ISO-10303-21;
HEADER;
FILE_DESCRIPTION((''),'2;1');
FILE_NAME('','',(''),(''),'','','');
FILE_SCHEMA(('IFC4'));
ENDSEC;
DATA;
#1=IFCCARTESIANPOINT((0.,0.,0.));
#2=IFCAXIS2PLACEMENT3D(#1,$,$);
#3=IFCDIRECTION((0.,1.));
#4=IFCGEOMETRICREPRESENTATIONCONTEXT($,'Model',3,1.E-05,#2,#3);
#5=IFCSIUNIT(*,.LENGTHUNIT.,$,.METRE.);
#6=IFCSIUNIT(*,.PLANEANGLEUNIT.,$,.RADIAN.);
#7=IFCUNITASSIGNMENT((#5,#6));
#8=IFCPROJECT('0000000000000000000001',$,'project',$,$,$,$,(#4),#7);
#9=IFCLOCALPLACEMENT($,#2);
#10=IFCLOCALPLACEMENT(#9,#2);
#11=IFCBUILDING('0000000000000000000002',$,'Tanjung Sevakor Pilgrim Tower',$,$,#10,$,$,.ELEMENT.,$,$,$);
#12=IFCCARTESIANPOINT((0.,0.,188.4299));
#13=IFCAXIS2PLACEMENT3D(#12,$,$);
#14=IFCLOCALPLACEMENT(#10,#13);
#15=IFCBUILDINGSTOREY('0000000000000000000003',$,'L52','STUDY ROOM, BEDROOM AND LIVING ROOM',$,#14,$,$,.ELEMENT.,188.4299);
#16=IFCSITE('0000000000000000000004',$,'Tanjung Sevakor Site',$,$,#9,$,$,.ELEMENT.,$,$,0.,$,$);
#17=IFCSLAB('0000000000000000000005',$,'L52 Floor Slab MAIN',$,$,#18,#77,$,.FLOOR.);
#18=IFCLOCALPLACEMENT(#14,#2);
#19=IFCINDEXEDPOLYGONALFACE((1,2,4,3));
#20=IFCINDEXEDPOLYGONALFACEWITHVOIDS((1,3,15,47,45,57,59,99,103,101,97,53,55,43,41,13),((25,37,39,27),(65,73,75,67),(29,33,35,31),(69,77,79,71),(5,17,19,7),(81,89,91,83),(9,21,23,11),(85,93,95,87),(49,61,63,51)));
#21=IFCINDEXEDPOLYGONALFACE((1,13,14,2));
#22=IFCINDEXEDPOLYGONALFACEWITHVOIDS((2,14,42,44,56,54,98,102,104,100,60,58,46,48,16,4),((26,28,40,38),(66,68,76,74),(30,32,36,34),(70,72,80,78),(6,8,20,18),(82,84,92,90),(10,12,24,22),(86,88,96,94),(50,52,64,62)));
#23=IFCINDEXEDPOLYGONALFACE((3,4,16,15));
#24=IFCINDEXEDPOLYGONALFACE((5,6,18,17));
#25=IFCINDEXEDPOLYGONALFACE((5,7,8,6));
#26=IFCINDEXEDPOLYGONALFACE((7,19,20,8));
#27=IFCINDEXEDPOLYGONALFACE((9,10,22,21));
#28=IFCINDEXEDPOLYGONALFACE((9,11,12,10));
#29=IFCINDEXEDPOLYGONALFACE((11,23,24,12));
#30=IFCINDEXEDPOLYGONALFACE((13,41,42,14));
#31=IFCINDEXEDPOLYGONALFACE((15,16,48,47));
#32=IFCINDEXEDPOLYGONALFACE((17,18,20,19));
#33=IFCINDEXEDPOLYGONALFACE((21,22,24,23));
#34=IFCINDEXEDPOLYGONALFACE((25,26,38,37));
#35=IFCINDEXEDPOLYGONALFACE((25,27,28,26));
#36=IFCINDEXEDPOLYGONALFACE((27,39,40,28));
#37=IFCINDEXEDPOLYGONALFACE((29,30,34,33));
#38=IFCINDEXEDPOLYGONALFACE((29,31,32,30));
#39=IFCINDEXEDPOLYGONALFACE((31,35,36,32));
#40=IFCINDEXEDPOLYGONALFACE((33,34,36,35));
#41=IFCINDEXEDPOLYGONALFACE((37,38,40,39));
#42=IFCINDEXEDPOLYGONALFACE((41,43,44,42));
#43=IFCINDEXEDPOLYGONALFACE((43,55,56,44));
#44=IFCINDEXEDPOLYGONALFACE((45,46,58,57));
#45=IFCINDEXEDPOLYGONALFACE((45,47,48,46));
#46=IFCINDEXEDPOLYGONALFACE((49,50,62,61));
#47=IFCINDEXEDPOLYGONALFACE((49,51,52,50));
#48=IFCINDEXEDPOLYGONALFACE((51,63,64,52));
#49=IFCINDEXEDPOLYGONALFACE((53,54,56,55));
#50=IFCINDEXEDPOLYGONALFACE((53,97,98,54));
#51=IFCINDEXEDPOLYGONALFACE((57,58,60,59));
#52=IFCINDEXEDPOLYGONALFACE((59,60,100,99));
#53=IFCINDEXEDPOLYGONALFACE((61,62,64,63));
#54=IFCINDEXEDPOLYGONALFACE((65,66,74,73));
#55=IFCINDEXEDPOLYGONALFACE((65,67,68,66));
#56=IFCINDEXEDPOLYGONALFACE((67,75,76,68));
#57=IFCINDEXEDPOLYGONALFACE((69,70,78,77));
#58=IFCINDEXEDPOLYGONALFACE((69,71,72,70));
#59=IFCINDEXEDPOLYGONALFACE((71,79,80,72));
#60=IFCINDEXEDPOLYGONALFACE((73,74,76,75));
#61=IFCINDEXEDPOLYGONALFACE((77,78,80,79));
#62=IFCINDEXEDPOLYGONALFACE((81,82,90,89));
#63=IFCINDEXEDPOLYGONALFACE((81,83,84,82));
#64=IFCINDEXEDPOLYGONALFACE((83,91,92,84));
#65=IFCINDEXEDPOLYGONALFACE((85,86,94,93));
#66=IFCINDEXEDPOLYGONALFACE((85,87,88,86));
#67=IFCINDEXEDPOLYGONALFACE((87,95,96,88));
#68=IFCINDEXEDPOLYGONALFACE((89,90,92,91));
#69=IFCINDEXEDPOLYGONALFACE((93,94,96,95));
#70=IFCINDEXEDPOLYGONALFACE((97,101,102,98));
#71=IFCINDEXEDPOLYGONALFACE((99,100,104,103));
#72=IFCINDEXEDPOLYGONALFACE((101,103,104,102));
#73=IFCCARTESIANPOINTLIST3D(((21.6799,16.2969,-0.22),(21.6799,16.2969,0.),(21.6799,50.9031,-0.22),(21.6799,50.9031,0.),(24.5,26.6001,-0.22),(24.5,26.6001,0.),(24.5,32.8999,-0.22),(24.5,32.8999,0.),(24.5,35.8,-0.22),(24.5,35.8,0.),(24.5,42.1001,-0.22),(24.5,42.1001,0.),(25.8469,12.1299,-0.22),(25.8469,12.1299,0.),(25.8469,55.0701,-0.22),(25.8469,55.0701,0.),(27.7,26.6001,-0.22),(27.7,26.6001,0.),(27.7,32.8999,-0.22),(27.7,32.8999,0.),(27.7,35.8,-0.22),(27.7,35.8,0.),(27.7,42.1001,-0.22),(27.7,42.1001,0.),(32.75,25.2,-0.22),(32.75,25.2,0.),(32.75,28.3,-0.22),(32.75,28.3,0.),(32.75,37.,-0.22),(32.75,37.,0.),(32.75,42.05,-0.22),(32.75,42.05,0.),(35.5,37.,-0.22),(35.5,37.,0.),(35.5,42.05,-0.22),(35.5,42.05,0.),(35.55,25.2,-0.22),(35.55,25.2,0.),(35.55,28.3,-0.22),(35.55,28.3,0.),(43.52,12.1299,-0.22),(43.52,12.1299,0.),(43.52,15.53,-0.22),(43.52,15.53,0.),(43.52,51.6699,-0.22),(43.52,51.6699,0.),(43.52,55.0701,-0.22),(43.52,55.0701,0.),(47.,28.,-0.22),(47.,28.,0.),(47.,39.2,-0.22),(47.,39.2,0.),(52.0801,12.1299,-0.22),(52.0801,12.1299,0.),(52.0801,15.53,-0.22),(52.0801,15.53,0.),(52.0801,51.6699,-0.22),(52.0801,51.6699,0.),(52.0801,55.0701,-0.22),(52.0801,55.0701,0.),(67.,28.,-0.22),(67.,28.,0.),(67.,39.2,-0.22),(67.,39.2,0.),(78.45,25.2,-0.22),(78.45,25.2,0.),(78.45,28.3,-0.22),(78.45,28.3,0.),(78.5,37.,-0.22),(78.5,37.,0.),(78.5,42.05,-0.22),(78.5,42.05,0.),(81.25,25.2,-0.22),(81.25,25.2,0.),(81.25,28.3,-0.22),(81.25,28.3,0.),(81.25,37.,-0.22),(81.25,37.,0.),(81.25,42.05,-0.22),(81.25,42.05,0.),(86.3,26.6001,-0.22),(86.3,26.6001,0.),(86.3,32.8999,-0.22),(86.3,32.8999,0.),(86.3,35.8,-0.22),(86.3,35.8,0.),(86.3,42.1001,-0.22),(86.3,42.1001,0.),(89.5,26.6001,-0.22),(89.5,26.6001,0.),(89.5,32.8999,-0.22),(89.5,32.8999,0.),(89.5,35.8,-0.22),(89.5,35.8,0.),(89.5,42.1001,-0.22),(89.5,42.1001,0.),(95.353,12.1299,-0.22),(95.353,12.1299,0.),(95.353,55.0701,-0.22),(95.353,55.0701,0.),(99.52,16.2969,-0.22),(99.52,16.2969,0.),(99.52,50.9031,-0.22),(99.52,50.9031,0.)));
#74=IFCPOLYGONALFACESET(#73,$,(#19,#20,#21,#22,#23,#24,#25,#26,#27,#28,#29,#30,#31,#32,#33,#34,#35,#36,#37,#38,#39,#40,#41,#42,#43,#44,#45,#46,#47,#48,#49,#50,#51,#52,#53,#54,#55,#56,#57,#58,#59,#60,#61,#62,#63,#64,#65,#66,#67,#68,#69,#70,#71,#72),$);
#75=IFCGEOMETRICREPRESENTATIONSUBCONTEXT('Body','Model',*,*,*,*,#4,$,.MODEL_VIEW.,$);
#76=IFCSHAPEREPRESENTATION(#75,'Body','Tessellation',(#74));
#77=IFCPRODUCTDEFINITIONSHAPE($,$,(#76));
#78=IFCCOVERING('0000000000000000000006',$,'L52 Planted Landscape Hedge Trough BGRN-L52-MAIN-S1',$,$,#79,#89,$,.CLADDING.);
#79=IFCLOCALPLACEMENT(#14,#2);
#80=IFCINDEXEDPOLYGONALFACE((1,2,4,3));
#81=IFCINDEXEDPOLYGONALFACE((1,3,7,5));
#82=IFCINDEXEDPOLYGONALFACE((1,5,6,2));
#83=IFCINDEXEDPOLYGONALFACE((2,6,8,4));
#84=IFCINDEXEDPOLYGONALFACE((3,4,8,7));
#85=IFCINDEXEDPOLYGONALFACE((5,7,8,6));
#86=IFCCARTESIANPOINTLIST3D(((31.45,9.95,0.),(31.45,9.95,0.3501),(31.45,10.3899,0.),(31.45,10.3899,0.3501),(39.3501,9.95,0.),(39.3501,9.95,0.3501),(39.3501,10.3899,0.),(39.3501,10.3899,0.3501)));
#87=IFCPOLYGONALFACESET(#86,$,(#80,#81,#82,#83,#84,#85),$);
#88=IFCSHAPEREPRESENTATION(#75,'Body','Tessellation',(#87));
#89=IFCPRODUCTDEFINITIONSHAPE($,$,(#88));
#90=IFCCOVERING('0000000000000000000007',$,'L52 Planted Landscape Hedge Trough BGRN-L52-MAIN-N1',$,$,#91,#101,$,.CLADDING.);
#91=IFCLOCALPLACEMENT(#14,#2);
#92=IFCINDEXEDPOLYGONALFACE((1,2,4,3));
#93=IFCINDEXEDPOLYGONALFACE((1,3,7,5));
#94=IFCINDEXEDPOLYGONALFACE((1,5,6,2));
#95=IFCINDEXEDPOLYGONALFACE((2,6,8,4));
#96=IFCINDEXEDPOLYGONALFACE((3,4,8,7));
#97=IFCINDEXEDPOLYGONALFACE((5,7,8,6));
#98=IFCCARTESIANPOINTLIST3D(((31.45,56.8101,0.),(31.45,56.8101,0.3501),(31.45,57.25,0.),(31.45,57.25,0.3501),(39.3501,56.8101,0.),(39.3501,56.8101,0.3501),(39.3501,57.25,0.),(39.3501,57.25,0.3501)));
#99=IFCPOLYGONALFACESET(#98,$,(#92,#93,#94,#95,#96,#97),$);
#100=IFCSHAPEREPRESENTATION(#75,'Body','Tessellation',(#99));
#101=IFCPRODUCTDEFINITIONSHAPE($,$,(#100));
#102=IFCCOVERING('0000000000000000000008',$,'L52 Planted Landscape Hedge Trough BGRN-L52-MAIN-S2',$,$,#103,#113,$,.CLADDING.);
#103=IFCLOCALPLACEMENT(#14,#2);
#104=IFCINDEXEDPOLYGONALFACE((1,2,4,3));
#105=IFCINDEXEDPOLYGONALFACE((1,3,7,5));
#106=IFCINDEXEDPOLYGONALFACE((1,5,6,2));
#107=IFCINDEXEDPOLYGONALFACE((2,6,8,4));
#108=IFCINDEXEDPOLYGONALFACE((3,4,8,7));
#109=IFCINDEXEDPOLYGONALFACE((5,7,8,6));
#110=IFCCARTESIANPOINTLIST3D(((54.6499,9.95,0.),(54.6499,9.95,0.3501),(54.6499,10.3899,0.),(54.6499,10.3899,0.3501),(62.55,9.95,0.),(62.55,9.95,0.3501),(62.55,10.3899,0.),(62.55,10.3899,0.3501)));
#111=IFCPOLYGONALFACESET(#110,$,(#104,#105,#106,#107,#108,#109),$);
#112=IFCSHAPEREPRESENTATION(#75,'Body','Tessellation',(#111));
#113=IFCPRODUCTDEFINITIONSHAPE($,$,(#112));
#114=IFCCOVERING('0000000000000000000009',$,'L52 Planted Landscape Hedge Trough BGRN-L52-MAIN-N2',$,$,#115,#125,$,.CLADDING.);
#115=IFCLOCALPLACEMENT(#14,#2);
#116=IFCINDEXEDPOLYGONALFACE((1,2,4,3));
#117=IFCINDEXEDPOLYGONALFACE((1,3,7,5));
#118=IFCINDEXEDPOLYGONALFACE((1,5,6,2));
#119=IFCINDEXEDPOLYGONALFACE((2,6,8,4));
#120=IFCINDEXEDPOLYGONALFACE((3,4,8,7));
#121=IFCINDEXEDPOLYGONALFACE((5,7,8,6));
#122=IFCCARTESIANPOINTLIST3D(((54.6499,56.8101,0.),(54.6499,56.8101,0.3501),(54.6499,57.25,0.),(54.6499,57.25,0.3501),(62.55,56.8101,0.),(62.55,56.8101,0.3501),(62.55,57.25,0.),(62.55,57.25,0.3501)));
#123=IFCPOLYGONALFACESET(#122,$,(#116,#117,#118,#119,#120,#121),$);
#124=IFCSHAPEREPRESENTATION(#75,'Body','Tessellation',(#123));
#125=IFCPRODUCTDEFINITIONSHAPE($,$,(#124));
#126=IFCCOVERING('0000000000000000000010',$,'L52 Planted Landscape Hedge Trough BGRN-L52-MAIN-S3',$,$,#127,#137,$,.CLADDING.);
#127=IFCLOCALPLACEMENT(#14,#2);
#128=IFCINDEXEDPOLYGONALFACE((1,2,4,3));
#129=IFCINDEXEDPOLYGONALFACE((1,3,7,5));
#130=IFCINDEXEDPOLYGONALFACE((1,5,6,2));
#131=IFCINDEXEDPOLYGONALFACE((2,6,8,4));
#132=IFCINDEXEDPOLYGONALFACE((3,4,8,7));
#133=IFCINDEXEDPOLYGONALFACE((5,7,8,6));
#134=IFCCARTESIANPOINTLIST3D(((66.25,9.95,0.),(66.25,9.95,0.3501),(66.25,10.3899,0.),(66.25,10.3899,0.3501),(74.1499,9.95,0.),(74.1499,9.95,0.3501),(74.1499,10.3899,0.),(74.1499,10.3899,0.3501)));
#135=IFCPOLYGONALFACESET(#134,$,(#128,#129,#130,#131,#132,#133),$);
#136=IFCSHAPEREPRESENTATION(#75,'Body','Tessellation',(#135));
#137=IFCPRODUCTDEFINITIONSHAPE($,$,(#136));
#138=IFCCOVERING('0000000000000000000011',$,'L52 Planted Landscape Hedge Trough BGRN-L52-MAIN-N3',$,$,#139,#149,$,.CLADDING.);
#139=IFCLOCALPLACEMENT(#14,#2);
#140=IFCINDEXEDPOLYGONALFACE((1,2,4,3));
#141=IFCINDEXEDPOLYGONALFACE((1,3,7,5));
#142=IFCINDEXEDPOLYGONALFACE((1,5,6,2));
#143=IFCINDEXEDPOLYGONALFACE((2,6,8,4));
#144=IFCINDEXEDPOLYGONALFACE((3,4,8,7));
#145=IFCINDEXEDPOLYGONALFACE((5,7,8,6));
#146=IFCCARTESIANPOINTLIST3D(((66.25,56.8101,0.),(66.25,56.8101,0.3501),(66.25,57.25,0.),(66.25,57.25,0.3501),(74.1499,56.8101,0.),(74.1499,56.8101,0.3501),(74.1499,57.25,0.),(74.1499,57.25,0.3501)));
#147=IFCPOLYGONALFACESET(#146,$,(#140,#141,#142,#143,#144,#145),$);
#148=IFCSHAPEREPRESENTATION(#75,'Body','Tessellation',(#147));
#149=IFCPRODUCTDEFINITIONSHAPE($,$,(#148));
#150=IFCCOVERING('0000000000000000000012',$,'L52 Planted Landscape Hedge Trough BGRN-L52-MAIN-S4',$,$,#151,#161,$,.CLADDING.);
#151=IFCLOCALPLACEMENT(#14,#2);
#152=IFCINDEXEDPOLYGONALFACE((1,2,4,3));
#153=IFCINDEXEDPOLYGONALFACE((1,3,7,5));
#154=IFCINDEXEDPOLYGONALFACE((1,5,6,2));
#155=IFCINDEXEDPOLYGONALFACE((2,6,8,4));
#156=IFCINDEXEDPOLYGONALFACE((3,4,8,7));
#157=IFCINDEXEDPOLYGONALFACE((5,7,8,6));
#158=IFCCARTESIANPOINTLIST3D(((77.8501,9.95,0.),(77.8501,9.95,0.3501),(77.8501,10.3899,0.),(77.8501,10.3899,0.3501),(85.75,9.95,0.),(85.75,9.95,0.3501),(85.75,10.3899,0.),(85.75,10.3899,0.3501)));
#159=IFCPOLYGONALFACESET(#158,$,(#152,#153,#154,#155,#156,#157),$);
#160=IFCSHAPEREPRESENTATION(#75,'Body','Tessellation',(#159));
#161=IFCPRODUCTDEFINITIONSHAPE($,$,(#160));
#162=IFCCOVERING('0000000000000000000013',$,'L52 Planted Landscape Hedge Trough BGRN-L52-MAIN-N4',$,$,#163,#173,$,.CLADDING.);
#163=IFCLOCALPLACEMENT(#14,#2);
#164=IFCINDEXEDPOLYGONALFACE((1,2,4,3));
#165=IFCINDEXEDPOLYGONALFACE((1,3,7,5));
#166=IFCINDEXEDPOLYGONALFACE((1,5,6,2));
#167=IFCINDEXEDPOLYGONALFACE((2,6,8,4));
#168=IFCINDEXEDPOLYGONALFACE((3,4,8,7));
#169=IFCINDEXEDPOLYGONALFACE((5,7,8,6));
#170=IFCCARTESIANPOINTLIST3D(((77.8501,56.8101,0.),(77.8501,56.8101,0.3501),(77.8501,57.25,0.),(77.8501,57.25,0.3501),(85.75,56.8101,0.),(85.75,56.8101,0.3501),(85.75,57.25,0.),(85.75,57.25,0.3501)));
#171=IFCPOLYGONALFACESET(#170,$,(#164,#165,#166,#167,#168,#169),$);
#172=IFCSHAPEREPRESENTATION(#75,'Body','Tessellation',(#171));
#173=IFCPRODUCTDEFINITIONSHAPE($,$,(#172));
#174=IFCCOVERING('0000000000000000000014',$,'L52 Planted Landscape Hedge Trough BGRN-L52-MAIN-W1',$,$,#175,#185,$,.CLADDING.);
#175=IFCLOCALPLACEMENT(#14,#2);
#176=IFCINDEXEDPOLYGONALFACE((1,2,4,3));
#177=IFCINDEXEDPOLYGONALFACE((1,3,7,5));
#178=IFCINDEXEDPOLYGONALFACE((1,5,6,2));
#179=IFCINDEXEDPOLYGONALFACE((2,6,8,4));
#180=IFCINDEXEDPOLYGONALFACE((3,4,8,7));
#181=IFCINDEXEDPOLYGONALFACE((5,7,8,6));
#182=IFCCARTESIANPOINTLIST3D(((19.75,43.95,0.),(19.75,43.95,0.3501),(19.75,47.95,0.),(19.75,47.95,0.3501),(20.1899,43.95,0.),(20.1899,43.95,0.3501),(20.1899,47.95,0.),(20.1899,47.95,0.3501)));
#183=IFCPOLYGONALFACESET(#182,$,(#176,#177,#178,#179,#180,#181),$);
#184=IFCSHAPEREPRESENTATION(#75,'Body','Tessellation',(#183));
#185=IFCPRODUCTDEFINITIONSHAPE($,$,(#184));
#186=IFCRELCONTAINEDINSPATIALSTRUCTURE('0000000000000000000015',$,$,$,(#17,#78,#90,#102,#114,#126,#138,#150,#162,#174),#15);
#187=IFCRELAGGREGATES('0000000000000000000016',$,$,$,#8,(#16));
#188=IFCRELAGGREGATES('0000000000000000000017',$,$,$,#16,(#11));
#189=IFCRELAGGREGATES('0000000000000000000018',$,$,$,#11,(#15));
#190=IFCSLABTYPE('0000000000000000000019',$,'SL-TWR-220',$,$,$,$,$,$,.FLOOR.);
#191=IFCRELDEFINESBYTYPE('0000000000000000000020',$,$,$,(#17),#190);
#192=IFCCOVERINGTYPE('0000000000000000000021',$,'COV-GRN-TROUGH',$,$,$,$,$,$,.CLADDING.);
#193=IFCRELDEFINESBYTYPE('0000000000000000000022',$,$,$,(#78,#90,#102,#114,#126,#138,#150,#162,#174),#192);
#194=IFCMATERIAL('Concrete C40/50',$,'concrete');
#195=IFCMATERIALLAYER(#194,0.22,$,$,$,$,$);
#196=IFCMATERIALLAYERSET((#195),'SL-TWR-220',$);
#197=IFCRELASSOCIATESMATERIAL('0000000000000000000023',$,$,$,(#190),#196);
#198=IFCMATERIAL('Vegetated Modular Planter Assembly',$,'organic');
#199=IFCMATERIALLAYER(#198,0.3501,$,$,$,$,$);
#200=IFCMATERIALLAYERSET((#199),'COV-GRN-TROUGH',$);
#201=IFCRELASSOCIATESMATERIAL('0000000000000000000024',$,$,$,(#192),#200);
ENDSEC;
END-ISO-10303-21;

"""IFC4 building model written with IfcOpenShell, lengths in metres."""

from ifc_helpers import new_model, si_unit, direction, frame, origin, place, context, subcontext, project, spatial, polyline, outline, extrude, material, layer, layer_set, type_object, element, save


model = new_model("IFC4")

# Units and contexts
model_context = context("Model", 3, precision=1e-05, world=origin(), true_north=direction((0.0, 1.0)))
body_context = subcontext(model_context, "Body", "Model", "MODEL_VIEW")
ifc_project = project(units=[si_unit("LENGTHUNIT", "METRE"), si_unit("PLANEANGLEUNIT", "RADIAN")], contexts=[model_context])

# Site, building, storey
site_placement = place(None, origin())
site = spatial("IfcSite", under=ifc_project, at=site_placement, Name="Tanjung Sevakor Site", CompositionType="ELEMENT", RefElevation=0.0)
building_placement = place(site_placement, origin())
building = spatial("IfcBuilding", under=site, at=building_placement, Name="Tanjung Sevakor Pilgrim Tower", CompositionType="ELEMENT")
storey_placement = place(building_placement, frame((0.0, 0.0, 188.4299)))
storey = spatial("IfcBuildingStorey", under=building, at=storey_placement, Name="L52", Description="STUDY ROOM, BEDROOM AND LIVING ROOM", CompositionType="ELEMENT", Elevation=188.4299)

# Slab
ifc_material_1 = material(Name="Concrete C40/50", Category="concrete")
ifc_layer_1 = layer(ifc_material_1, 0.22)
ifc_layer_set_1 = layer_set([ifc_layer_1], Name="SL-TWR-220")
slab_type_1 = type_object("IfcSlabType", Name="SL-TWR-220", PredefinedType="FLOOR", material=ifc_layer_set_1)
slab_1_placement = place(storey_placement, frame((0.0, 0.0, -0.22)))
element("IfcSlab", 1, at=slab_1_placement, inside=storey, type_object=slab_type_1, Name="L52 Floor Slab MAIN", PredefinedType="FLOOR", context=body_context, shape_type="SweptSolid", body=[
    extrude(outline(polyline([(25.8469, 12.1299), (43.52, 12.1299), (43.52, 15.53), (52.0801, 15.53), (52.0801, 12.1299), (95.353, 12.1299), (99.52, 16.2969), (99.52, 50.9031), (95.353, 55.0701), (52.0801, 55.0701), (52.0801, 51.6699), (43.52, 51.6699), (43.52, 55.0701), (25.8469, 55.0701), (21.6799, 50.9031), (21.6799, 16.2969), (25.8469, 12.1299)]), holes=[polyline([(27.7, 26.6001), (27.7, 32.8999), (24.5, 32.8999), (24.5, 26.6001), (27.7, 26.6001)]), polyline([(27.7, 35.8), (27.7, 42.1001), (24.5, 42.1001), (24.5, 35.8), (27.7, 35.8)]), polyline([(89.5, 26.6001), (89.5, 32.8999), (86.3, 32.8999), (86.3, 26.6001), (89.5, 26.6001)]), polyline([(89.5, 35.8), (89.5, 42.1001), (86.3, 42.1001), (86.3, 35.8), (89.5, 35.8)]), polyline([(32.75, 25.2), (35.55, 25.2), (35.55, 28.3), (32.75, 28.3), (32.75, 25.2)]), polyline([(32.75, 37.0), (35.5, 37.0), (35.5, 42.05), (32.75, 42.05), (32.75, 37.0)]), polyline([(78.45, 25.2), (81.25, 25.2), (81.25, 28.3), (78.45, 28.3), (78.45, 25.2)]), polyline([(78.5, 37.0), (81.25, 37.0), (81.25, 42.05), (78.5, 42.05), (78.5, 37.0)]), polyline([(47.0, 28.0), (67.0, 28.0), (67.0, 39.2), (47.0, 39.2), (47.0, 28.0)])]), origin(), (0.0, 0.0, 1.0), 0.22),
])

# Coverings
ifc_material_2 = material(Name="Vegetated Modular Planter Assembly", Category="organic")
ifc_layer_2 = layer(ifc_material_2, 0.3501)
ifc_layer_set_2 = layer_set([ifc_layer_2], Name="COV-GRN-TROUGH")
covering_type = type_object("IfcCoveringType", Name="COV-GRN-TROUGH", PredefinedType="CLADDING", material=ifc_layer_set_2)
covering_1_placement = place(storey_placement, origin())
element("IfcCovering", 2, at=covering_1_placement, inside=storey, type_object=covering_type, Name="L52 Planted Landscape Hedge Trough BGRN-L52-MAIN-S1", PredefinedType="CLADDING", context=body_context, shape_type="SweptSolid", body=[
    extrude(outline(polyline([(31.45, 9.95), (39.3501, 9.95), (39.3501, 10.3899), (31.45, 10.3899), (31.45, 9.95)])), origin(), (0.0, 0.0, 1.0), 0.3501),
])
covering_2_placement = place(storey_placement, origin())
element("IfcCovering", 3, at=covering_2_placement, inside=storey, type_object=covering_type, Name="L52 Planted Landscape Hedge Trough BGRN-L52-MAIN-N1", PredefinedType="CLADDING", context=body_context, shape_type="SweptSolid", body=[
    extrude(outline(polyline([(31.45, 56.8101), (39.3501, 56.8101), (39.3501, 57.25), (31.45, 57.25), (31.45, 56.8101)])), origin(), (0.0, 0.0, 1.0), 0.3501),
])
covering_3_placement = place(storey_placement, origin())
element("IfcCovering", 4, at=covering_3_placement, inside=storey, type_object=covering_type, Name="L52 Planted Landscape Hedge Trough BGRN-L52-MAIN-S2", PredefinedType="CLADDING", context=body_context, shape_type="SweptSolid", body=[
    extrude(outline(polyline([(54.6499, 9.95), (62.55, 9.95), (62.55, 10.3899), (54.6499, 10.3899), (54.6499, 9.95)])), origin(), (0.0, 0.0, 1.0), 0.3501),
])
covering_4_placement = place(storey_placement, origin())
element("IfcCovering", 5, at=covering_4_placement, inside=storey, type_object=covering_type, Name="L52 Planted Landscape Hedge Trough BGRN-L52-MAIN-N2", PredefinedType="CLADDING", context=body_context, shape_type="SweptSolid", body=[
    extrude(outline(polyline([(54.6499, 56.8101), (62.55, 56.8101), (62.55, 57.25), (54.6499, 57.25), (54.6499, 56.8101)])), origin(), (0.0, 0.0, 1.0), 0.3501),
])
covering_5_placement = place(storey_placement, origin())
element("IfcCovering", 6, at=covering_5_placement, inside=storey, type_object=covering_type, Name="L52 Planted Landscape Hedge Trough BGRN-L52-MAIN-S3", PredefinedType="CLADDING", context=body_context, shape_type="SweptSolid", body=[
    extrude(outline(polyline([(66.25, 9.95), (74.1499, 9.95), (74.1499, 10.3899), (66.25, 10.3899), (66.25, 9.95)])), origin(), (0.0, 0.0, 1.0), 0.3501),
])
covering_6_placement = place(storey_placement, origin())
element("IfcCovering", 7, at=covering_6_placement, inside=storey, type_object=covering_type, Name="L52 Planted Landscape Hedge Trough BGRN-L52-MAIN-N3", PredefinedType="CLADDING", context=body_context, shape_type="SweptSolid", body=[
    extrude(outline(polyline([(66.25, 56.8101), (74.1499, 56.8101), (74.1499, 57.25), (66.25, 57.25), (66.25, 56.8101)])), origin(), (0.0, 0.0, 1.0), 0.3501),
])
covering_7_placement = place(storey_placement, origin())
element("IfcCovering", 8, at=covering_7_placement, inside=storey, type_object=covering_type, Name="L52 Planted Landscape Hedge Trough BGRN-L52-MAIN-S4", PredefinedType="CLADDING", context=body_context, shape_type="SweptSolid", body=[
    extrude(outline(polyline([(77.8501, 9.95), (85.75, 9.95), (85.75, 10.3899), (77.8501, 10.3899), (77.8501, 9.95)])), origin(), (0.0, 0.0, 1.0), 0.3501),
])
covering_8_placement = place(storey_placement, origin())
element("IfcCovering", 9, at=covering_8_placement, inside=storey, type_object=covering_type, Name="L52 Planted Landscape Hedge Trough BGRN-L52-MAIN-N4", PredefinedType="CLADDING", context=body_context, shape_type="SweptSolid", body=[
    extrude(outline(polyline([(77.8501, 56.8101), (85.75, 56.8101), (85.75, 57.25), (77.8501, 57.25), (77.8501, 56.8101)])), origin(), (0.0, 0.0, 1.0), 0.3501),
])
covering_9_placement = place(storey_placement, origin())
element("IfcCovering", 10, at=covering_9_placement, inside=storey, type_object=covering_type, Name="L52 Planted Landscape Hedge Trough BGRN-L52-MAIN-W1", PredefinedType="CLADDING", context=body_context, shape_type="SweptSolid", body=[
    extrude(outline(polyline([(20.1899, 43.95), (20.1899, 47.95), (19.75, 47.95), (19.75, 43.95), (20.1899, 43.95)])), origin(), (0.0, 0.0, 1.0), 0.3501),
])

save(model, "model.ifc")
